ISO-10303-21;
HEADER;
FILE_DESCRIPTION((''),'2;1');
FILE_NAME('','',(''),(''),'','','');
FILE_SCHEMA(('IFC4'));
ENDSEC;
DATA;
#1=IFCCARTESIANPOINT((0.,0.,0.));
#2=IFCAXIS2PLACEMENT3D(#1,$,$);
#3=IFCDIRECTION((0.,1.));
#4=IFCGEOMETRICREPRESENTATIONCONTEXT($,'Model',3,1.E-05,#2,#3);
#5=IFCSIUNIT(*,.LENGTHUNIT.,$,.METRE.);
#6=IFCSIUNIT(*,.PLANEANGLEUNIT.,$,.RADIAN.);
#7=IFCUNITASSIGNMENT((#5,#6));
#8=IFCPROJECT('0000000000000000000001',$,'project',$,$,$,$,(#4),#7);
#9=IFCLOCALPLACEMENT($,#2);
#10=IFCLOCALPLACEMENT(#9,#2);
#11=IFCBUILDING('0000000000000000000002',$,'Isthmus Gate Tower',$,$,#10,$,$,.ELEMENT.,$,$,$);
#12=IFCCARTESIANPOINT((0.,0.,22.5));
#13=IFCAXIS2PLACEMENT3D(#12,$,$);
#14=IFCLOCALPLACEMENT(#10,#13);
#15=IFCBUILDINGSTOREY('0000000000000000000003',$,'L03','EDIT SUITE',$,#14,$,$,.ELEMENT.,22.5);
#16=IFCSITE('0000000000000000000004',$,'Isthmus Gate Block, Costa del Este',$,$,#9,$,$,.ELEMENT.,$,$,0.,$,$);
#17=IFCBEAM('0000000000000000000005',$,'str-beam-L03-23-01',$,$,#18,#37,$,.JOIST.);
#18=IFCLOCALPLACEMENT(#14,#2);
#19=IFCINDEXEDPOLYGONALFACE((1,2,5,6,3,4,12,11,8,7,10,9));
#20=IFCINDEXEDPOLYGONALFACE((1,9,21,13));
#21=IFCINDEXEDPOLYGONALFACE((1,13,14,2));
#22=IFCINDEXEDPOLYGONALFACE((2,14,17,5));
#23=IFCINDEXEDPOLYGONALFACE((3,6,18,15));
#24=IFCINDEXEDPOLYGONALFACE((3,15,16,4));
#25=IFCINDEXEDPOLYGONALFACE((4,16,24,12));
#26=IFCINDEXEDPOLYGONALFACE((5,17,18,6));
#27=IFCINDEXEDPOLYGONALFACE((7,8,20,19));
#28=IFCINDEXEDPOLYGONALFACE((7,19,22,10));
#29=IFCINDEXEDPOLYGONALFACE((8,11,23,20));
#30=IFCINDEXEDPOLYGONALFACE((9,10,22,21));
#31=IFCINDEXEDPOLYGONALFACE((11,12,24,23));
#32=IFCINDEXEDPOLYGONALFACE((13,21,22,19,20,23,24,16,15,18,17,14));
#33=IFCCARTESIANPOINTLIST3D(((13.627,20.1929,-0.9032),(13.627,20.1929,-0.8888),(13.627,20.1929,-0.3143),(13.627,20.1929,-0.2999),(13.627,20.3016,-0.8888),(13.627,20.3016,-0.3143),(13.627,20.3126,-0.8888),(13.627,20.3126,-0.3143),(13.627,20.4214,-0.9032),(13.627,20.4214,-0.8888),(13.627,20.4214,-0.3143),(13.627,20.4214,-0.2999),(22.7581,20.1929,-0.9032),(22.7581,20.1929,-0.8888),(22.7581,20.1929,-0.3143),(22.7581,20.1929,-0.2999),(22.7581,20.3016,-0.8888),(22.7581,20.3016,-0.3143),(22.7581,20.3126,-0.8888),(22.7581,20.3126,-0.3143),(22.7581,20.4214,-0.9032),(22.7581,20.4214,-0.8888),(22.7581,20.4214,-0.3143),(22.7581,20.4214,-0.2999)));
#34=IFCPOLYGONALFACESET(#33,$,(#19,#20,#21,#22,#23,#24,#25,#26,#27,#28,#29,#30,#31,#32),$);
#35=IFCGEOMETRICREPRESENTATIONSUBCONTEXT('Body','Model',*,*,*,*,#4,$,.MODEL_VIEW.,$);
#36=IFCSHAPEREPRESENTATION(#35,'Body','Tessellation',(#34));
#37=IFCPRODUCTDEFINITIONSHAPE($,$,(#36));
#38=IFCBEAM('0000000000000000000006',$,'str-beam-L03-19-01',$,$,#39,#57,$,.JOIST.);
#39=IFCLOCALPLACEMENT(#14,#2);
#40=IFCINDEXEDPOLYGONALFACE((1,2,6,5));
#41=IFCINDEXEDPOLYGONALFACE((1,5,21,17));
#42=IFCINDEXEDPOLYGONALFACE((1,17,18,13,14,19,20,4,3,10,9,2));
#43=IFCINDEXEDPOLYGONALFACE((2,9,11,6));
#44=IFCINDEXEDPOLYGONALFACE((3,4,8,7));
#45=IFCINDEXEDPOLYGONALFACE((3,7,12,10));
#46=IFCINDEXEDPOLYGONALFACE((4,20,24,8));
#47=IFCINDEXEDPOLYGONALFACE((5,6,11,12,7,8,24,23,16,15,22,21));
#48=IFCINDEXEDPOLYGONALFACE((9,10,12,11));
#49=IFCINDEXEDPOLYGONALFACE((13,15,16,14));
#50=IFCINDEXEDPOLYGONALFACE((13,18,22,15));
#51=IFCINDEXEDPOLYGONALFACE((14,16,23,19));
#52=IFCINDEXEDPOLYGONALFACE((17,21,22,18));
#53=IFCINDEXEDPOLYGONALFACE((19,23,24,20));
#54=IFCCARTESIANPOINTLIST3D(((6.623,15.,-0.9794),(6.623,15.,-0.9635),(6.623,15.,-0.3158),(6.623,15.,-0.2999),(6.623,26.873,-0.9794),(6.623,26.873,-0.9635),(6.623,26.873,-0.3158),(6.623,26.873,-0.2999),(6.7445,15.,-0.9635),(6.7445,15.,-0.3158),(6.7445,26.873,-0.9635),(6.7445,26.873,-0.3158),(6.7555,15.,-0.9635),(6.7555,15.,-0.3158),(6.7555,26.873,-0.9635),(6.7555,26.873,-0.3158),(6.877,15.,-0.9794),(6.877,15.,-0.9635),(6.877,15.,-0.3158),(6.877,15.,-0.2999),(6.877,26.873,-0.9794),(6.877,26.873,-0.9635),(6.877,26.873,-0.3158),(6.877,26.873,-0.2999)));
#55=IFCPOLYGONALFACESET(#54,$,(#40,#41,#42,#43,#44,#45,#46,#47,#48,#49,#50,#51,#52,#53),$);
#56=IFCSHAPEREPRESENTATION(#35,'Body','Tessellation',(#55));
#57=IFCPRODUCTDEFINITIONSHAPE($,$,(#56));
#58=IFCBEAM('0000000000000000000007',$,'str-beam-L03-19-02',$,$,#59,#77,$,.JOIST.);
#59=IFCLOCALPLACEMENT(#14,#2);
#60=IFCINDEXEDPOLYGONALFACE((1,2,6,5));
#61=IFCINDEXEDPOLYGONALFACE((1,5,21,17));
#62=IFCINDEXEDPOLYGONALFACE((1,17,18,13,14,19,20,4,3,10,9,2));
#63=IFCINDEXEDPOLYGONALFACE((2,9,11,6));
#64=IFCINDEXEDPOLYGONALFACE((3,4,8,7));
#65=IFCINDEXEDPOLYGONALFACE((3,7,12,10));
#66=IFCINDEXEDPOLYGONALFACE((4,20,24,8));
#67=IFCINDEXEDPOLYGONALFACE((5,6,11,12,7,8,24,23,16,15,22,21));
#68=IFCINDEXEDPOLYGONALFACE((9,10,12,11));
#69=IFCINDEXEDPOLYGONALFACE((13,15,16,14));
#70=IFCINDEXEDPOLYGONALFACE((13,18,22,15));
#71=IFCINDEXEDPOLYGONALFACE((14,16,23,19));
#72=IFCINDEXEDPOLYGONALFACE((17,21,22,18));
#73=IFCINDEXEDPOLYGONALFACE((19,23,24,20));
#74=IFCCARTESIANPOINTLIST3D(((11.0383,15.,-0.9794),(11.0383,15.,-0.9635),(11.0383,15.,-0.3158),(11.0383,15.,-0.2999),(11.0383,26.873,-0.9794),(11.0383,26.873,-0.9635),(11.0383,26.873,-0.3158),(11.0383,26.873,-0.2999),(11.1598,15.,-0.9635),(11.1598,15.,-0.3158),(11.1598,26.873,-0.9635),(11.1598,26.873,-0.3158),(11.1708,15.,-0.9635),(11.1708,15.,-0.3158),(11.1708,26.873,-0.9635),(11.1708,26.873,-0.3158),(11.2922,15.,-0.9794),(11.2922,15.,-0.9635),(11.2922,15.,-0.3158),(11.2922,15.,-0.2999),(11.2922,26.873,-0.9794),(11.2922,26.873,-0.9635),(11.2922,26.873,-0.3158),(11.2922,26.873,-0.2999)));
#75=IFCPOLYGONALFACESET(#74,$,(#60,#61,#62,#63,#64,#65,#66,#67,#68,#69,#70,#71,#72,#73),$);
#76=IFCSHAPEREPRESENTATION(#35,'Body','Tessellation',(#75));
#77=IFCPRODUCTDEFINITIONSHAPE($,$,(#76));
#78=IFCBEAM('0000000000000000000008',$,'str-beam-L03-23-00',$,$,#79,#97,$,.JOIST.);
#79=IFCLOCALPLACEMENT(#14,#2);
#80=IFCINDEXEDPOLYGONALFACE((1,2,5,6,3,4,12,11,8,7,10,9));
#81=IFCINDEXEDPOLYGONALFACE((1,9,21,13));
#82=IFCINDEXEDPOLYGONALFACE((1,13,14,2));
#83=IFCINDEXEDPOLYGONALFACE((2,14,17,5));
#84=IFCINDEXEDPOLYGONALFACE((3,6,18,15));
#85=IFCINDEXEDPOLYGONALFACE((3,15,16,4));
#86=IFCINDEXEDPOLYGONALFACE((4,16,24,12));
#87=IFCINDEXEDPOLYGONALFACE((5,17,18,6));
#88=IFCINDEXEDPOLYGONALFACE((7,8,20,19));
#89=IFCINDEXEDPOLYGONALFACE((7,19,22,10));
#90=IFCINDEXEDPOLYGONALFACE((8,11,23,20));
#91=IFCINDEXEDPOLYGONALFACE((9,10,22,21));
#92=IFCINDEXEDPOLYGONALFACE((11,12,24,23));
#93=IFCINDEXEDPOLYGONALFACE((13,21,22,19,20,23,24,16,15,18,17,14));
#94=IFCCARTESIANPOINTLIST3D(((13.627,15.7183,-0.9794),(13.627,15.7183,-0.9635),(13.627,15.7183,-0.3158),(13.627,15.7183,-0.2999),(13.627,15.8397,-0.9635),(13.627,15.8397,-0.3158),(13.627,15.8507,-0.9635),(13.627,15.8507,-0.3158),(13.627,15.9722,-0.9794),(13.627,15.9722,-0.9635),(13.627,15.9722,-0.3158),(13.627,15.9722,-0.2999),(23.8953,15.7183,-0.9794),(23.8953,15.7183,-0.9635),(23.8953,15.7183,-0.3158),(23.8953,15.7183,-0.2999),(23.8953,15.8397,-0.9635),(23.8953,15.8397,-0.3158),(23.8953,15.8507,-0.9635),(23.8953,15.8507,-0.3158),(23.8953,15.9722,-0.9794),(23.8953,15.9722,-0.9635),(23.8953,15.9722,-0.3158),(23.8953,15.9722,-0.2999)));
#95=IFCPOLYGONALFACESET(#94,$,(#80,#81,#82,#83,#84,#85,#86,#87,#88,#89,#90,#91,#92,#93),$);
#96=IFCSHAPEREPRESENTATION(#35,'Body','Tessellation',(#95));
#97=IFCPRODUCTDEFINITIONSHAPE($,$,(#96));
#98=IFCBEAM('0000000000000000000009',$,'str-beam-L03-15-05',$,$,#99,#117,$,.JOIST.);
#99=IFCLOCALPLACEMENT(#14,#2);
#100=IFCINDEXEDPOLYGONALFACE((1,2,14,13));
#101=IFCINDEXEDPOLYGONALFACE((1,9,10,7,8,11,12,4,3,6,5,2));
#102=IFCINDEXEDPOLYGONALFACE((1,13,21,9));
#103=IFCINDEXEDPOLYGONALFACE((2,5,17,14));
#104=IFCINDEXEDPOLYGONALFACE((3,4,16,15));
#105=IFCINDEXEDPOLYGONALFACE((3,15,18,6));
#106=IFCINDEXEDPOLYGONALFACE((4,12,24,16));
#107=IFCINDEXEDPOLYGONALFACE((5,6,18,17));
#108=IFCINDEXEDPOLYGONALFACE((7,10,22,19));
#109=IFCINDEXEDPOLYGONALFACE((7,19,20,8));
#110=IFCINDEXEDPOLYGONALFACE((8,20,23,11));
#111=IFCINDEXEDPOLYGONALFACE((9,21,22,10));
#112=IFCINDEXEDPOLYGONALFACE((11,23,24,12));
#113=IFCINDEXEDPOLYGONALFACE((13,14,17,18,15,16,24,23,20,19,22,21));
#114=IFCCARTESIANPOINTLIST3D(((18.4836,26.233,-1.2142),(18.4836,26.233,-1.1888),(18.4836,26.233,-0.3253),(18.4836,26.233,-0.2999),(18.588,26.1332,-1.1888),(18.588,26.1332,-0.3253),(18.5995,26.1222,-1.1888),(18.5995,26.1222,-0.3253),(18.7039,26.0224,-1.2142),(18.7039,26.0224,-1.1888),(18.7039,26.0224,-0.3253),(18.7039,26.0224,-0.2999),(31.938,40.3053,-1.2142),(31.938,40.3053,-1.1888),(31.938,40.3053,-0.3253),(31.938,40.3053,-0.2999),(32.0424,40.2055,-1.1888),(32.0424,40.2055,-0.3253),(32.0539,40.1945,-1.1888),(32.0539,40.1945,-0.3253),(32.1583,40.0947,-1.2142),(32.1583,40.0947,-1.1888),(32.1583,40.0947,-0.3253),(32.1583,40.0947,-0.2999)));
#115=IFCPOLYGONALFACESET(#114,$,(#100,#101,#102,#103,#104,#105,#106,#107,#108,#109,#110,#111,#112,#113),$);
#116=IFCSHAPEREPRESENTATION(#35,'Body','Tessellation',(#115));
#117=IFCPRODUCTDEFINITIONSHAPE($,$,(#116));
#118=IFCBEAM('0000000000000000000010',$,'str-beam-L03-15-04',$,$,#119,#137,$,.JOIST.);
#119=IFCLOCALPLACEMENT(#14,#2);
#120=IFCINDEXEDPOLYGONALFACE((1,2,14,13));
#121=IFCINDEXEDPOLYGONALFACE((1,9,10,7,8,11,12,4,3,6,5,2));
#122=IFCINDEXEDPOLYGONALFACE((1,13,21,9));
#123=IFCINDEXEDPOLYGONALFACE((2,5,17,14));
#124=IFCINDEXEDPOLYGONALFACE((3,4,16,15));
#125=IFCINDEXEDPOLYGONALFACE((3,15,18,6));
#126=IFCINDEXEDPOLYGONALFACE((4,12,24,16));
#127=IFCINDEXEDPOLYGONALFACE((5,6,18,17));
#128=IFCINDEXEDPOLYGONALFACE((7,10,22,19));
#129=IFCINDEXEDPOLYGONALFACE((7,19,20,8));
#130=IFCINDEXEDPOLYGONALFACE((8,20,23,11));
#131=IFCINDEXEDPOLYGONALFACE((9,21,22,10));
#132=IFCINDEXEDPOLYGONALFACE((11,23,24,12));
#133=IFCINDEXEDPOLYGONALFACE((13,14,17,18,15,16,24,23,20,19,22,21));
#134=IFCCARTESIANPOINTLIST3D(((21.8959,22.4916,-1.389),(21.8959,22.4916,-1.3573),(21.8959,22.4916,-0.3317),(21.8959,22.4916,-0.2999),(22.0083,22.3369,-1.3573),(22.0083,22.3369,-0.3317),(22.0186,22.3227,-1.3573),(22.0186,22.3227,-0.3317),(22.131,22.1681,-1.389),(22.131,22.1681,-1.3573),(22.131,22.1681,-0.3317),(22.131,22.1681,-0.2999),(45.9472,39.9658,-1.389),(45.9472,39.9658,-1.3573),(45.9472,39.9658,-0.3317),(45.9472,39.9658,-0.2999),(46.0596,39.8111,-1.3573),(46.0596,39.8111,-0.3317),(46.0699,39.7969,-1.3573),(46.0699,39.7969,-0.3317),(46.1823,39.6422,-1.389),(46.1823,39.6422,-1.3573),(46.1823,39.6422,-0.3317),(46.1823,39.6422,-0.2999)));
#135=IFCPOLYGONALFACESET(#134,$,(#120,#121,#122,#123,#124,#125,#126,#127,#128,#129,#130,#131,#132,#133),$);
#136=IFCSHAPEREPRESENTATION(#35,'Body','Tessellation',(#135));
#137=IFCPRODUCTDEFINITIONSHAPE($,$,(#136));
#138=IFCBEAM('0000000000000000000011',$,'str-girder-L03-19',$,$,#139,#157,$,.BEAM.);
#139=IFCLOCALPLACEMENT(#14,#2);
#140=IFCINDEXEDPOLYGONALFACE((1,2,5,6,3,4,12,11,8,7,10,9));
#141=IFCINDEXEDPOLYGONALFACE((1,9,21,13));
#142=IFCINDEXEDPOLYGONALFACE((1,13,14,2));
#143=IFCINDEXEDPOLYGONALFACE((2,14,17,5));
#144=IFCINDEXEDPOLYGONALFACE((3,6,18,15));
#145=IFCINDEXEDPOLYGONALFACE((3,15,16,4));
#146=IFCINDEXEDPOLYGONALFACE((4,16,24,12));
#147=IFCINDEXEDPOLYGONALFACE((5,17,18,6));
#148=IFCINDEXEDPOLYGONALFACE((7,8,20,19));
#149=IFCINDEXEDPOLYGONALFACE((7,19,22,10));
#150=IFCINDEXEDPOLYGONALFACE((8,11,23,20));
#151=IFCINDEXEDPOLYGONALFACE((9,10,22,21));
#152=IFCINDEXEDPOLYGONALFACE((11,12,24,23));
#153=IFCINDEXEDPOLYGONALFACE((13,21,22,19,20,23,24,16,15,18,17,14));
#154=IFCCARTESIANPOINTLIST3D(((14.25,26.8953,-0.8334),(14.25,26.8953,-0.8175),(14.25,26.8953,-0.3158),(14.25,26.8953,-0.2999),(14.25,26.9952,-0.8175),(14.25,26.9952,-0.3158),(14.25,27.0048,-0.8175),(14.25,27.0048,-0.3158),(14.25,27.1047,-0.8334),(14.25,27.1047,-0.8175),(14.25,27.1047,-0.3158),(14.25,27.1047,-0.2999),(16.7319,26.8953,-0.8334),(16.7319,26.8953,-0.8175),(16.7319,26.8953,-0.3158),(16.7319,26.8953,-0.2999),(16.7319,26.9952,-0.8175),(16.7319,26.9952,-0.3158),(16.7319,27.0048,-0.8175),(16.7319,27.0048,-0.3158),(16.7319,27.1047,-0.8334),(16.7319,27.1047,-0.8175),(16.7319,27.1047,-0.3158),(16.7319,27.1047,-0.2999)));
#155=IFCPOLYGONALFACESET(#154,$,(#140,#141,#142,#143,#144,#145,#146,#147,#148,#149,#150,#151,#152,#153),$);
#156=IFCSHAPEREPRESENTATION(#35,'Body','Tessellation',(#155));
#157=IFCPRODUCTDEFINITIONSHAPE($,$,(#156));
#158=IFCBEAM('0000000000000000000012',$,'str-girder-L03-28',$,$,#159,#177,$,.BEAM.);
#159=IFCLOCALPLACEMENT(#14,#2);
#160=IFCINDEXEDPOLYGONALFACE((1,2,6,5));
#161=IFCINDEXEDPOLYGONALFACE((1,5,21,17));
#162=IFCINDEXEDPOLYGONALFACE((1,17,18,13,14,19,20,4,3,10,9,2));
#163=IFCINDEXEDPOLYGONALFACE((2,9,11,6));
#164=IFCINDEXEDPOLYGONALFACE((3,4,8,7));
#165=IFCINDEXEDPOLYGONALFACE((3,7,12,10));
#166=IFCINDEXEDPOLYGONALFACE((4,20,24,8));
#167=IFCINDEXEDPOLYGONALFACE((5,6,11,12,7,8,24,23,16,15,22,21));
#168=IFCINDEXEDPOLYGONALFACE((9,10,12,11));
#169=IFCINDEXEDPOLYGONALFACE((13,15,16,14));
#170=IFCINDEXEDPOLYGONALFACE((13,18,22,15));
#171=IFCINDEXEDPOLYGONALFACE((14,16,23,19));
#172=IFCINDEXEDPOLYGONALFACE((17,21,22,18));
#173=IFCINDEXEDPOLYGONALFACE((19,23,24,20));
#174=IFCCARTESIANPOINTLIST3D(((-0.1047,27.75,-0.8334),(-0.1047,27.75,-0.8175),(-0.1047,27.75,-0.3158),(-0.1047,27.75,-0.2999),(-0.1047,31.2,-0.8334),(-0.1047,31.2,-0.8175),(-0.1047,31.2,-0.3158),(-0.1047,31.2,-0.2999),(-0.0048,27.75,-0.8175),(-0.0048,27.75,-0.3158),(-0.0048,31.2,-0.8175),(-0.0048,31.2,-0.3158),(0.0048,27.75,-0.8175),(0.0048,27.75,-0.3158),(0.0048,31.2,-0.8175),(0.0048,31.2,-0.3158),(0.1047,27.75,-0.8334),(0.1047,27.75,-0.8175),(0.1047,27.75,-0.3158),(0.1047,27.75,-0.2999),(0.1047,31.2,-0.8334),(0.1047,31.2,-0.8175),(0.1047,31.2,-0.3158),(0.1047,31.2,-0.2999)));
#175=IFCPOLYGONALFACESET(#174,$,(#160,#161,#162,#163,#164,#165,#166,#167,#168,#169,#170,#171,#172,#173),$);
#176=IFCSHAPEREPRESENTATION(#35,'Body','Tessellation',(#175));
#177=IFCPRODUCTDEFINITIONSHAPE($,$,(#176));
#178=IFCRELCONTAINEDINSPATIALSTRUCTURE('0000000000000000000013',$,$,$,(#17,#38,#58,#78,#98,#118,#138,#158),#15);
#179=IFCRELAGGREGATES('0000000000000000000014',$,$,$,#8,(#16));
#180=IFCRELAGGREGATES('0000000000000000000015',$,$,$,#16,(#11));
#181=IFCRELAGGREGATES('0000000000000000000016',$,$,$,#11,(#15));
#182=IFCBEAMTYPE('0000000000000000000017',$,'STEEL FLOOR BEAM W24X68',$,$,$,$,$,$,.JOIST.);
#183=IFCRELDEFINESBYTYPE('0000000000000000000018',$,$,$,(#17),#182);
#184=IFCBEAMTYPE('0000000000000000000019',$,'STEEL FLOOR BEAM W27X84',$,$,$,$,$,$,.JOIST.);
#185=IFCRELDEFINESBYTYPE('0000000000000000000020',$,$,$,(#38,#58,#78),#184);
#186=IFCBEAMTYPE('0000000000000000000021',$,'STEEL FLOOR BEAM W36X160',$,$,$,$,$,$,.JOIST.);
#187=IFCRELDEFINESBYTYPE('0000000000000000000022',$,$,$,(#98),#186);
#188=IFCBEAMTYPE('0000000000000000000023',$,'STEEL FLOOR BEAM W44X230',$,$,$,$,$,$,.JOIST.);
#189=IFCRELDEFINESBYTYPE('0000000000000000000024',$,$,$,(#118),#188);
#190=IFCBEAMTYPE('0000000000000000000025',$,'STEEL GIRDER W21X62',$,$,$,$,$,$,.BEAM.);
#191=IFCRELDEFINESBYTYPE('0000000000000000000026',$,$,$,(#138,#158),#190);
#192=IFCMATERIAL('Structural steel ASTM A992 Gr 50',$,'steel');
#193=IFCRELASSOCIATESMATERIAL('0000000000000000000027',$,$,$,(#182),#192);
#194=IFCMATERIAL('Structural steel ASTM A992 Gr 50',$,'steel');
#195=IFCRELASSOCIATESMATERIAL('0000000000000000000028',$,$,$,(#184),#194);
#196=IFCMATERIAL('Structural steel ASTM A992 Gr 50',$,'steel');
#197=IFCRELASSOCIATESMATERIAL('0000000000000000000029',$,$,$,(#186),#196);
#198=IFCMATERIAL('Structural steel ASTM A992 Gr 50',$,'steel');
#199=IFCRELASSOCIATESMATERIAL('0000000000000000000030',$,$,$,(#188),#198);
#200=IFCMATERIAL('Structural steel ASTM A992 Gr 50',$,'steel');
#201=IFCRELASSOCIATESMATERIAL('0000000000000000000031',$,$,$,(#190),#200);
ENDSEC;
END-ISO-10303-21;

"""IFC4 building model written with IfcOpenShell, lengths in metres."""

from ifc_helpers import new_model, si_unit, direction, frame, origin, origin_2d, place, context, subcontext, project, spatial, i_section, extrude, material, material_profile, profile_set, type_object, element, save


model = new_model("IFC4")

# Units and contexts
model_context = context("Model", 3, precision=1e-05, world=origin(), true_north=direction((0.0, 1.0)))
body_context = subcontext(model_context, "Body", "Model", "MODEL_VIEW")
ifc_project = project(units=[si_unit("LENGTHUNIT", "METRE"), si_unit("PLANEANGLEUNIT", "RADIAN")], contexts=[model_context])

# Site, building, storey
site_placement = place(None, origin())
site = spatial("IfcSite", under=ifc_project, at=site_placement, Name="Isthmus Gate Block, Costa del Este", CompositionType="ELEMENT", RefElevation=0.0)
building_placement = place(site_placement, origin())
building = spatial("IfcBuilding", under=site, at=building_placement, Name="Isthmus Gate Tower", CompositionType="ELEMENT")
storey_placement = place(building_placement, frame((0.0, 0.0, 22.5)))
storey = spatial("IfcBuildingStorey", under=building, at=storey_placement, Name="L03", Description="EDIT SUITE", CompositionType="ELEMENT", Elevation=22.5)

# Beams
ifc_material_1 = material(Name="Structural steel ASTM A992 Gr 50", Category="steel")
ifc_material_profile_1 = material_profile(ifc_material_1, i_section(OverallWidth=0.2285, OverallDepth=0.6033, WebThickness=0.011, FlangeThickness=0.0144, at=origin_2d()), Name="W24X68")
ifc_profile_set_1 = profile_set([ifc_material_profile_1], Name="Structural steel ASTM A992 Gr 50")
beam_type_1 = type_object("IfcBeamType", Name="STEEL FLOOR BEAM W24X68", PredefinedType="JOIST", material=ifc_profile_set_1)
beam_1_placement = place(storey_placement, frame((13.627, 20.3071, -0.6016), z_axis=(1.0, 0.0, 0.0), x_axis=(0.0, 1.0, 0.0)))
element("IfcBeam", 1, at=beam_1_placement, inside=storey, type_object=beam_type_1, Name="str-beam-L03-23-01", PredefinedType="JOIST", context=body_context, shape_type="SweptSolid", body=[
    extrude(i_section(OverallWidth=0.2285, OverallDepth=0.6033, WebThickness=0.011, FlangeThickness=0.0144, at=origin_2d()), origin(), (0.0, 0.0, 1.0), 9.1311),
])
ifc_material_2 = material(Name="Structural steel ASTM A992 Gr 50", Category="steel")
ifc_material_profile_2 = material_profile(ifc_material_2, i_section(OverallWidth=0.2539, OverallDepth=0.6794, WebThickness=0.011, FlangeThickness=0.0159, at=origin_2d()), Name="W27X84")
ifc_profile_set_2 = profile_set([ifc_material_profile_2], Name="Structural steel ASTM A992 Gr 50")
beam_type_2 = type_object("IfcBeamType", Name="STEEL FLOOR BEAM W27X84", PredefinedType="JOIST", material=ifc_profile_set_2)
for number, where, z_axis, x_axis, name in (
    (2, (6.75, 15.0, -0.6396), (0.0, 1.0, 0.0), (-1.0, 0.0, 0.0), "str-beam-L03-19-01"),
    (3, (11.1653, 15.0, -0.6396), (0.0, 1.0, 0.0), (-1.0, 0.0, 0.0), "str-beam-L03-19-02"),
):
    element("IfcBeam", number, at=place(storey_placement, frame(where, z_axis=z_axis, x_axis=x_axis)), inside=storey, type_object=beam_type_2, Name=name, PredefinedType="JOIST", context=body_context, shape_type="SweptSolid", body=[
        extrude(i_section(OverallWidth=0.2539, OverallDepth=0.6794, WebThickness=0.011, FlangeThickness=0.0159, at=origin_2d()), origin(), (0.0, 0.0, 1.0), 11.873),
    ])
beam_2_placement = place(storey_placement, frame((13.627, 15.8452, -0.6396), z_axis=(1.0, 0.0, 0.0), x_axis=(0.0, 1.0, 0.0)))
element("IfcBeam", 4, at=beam_2_placement, inside=storey, type_object=beam_type_2, Name="str-beam-L03-23-00", PredefinedType="JOIST", context=body_context, shape_type="SweptSolid", body=[
    extrude(i_section(OverallWidth=0.2539, OverallDepth=0.6794, WebThickness=0.011, FlangeThickness=0.0159, at=origin_2d()), origin(), (0.0, 0.0, 1.0), 10.2683),
])
ifc_material_3 = material(Name="Structural steel ASTM A992 Gr 50", Category="steel")
ifc_material_profile_3 = material_profile(ifc_material_3, i_section(OverallWidth=0.3047, OverallDepth=0.9143, WebThickness=0.0159, FlangeThickness=0.0254, at=origin_2d()), Name="W36X160")
ifc_profile_set_3 = profile_set([ifc_material_profile_3], Name="Structural steel ASTM A992 Gr 50")
beam_type_3 = type_object("IfcBeamType", Name="STEEL FLOOR BEAM W36X160", PredefinedType="JOIST", material=ifc_profile_set_3)
beam_3_placement = place(storey_placement, frame((18.5938, 26.1277, -0.7571), z_axis=(0.691059, 0.722798, 0.0), x_axis=(-0.722798, 0.691059, 0.0)))
element("IfcBeam", 5, at=beam_3_placement, inside=storey, type_object=beam_type_3, Name="str-beam-L03-15-05", PredefinedType="JOIST", context=body_context, shape_type="SweptSolid", body=[
    extrude(i_section(OverallWidth=0.3047, OverallDepth=0.9143, WebThickness=0.0159, FlangeThickness=0.0254, at=origin_2d()), origin(), (0.0, 0.0, 1.0), 19.4692),
])
ifc_material_4 = material(Name="Structural steel ASTM A992 Gr 50", Category="steel")
ifc_material_profile_4 = material_profile(ifc_material_4, i_section(OverallWidth=0.3999, OverallDepth=1.0891, WebThickness=0.0176, FlangeThickness=0.0317, at=origin_2d()), Name="W44X230")
ifc_profile_set_4 = profile_set([ifc_material_profile_4], Name="Structural steel ASTM A992 Gr 50")
beam_type_4 = type_object("IfcBeamType", Name="STEEL FLOOR BEAM W44X230", PredefinedType="JOIST", material=ifc_profile_set_4)
beam_4_placement = place(storey_placement, frame((22.0134, 22.3298, -0.8445), z_axis=(0.809019, 0.587782, 0.0), x_axis=(-0.587782, 0.809019, 0.0)))
element("IfcBeam", 6, at=beam_4_placement, inside=storey, type_object=beam_type_4, Name="str-beam-L03-15-04", PredefinedType="JOIST", context=body_context, shape_type="SweptSolid", body=[
    extrude(i_section(OverallWidth=0.3999, OverallDepth=1.0891, WebThickness=0.0176, FlangeThickness=0.0317, at=origin_2d()), origin(), (0.0, 0.0, 1.0), 29.729),
])
ifc_material_5 = material(Name="Structural steel ASTM A992 Gr 50", Category="steel")
ifc_material_profile_5 = material_profile(ifc_material_5, i_section(OverallWidth=0.2095, OverallDepth=0.5334, WebThickness=0.0095, FlangeThickness=0.0159, at=origin_2d()), Name="W21X62")
ifc_profile_set_5 = profile_set([ifc_material_profile_5], Name="Structural steel ASTM A992 Gr 50")
beam_type_5 = type_object("IfcBeamType", Name="STEEL GIRDER W21X62", PredefinedType="BEAM", material=ifc_profile_set_5)
beam_5_placement = place(storey_placement, frame((14.25, 27.0, -0.5667), z_axis=(1.0, 0.0, 0.0), x_axis=(0.0, 1.0, 0.0)))
element("IfcBeam", 7, at=beam_5_placement, inside=storey, type_object=beam_type_5, Name="str-girder-L03-19", PredefinedType="BEAM", context=body_context, shape_type="SweptSolid", body=[
    extrude(i_section(OverallWidth=0.2095, OverallDepth=0.5334, WebThickness=0.0095, FlangeThickness=0.0159, at=origin_2d()), origin(), (0.0, 0.0, 1.0), 2.4819),
])
beam_6_placement = place(storey_placement, frame((0.0, 27.75, -0.5667), z_axis=(0.0, 1.0, 0.0), x_axis=(-1.0, 0.0, 0.0)))
element("IfcBeam", 8, at=beam_6_placement, inside=storey, type_object=beam_type_5, Name="str-girder-L03-28", PredefinedType="BEAM", context=body_context, shape_type="SweptSolid", body=[
    extrude(i_section(OverallWidth=0.2095, OverallDepth=0.5334, WebThickness=0.0095, FlangeThickness=0.0159, at=origin_2d()), origin(), (0.0, 0.0, 1.0), 3.45),
])

save(model, "model.ifc")
